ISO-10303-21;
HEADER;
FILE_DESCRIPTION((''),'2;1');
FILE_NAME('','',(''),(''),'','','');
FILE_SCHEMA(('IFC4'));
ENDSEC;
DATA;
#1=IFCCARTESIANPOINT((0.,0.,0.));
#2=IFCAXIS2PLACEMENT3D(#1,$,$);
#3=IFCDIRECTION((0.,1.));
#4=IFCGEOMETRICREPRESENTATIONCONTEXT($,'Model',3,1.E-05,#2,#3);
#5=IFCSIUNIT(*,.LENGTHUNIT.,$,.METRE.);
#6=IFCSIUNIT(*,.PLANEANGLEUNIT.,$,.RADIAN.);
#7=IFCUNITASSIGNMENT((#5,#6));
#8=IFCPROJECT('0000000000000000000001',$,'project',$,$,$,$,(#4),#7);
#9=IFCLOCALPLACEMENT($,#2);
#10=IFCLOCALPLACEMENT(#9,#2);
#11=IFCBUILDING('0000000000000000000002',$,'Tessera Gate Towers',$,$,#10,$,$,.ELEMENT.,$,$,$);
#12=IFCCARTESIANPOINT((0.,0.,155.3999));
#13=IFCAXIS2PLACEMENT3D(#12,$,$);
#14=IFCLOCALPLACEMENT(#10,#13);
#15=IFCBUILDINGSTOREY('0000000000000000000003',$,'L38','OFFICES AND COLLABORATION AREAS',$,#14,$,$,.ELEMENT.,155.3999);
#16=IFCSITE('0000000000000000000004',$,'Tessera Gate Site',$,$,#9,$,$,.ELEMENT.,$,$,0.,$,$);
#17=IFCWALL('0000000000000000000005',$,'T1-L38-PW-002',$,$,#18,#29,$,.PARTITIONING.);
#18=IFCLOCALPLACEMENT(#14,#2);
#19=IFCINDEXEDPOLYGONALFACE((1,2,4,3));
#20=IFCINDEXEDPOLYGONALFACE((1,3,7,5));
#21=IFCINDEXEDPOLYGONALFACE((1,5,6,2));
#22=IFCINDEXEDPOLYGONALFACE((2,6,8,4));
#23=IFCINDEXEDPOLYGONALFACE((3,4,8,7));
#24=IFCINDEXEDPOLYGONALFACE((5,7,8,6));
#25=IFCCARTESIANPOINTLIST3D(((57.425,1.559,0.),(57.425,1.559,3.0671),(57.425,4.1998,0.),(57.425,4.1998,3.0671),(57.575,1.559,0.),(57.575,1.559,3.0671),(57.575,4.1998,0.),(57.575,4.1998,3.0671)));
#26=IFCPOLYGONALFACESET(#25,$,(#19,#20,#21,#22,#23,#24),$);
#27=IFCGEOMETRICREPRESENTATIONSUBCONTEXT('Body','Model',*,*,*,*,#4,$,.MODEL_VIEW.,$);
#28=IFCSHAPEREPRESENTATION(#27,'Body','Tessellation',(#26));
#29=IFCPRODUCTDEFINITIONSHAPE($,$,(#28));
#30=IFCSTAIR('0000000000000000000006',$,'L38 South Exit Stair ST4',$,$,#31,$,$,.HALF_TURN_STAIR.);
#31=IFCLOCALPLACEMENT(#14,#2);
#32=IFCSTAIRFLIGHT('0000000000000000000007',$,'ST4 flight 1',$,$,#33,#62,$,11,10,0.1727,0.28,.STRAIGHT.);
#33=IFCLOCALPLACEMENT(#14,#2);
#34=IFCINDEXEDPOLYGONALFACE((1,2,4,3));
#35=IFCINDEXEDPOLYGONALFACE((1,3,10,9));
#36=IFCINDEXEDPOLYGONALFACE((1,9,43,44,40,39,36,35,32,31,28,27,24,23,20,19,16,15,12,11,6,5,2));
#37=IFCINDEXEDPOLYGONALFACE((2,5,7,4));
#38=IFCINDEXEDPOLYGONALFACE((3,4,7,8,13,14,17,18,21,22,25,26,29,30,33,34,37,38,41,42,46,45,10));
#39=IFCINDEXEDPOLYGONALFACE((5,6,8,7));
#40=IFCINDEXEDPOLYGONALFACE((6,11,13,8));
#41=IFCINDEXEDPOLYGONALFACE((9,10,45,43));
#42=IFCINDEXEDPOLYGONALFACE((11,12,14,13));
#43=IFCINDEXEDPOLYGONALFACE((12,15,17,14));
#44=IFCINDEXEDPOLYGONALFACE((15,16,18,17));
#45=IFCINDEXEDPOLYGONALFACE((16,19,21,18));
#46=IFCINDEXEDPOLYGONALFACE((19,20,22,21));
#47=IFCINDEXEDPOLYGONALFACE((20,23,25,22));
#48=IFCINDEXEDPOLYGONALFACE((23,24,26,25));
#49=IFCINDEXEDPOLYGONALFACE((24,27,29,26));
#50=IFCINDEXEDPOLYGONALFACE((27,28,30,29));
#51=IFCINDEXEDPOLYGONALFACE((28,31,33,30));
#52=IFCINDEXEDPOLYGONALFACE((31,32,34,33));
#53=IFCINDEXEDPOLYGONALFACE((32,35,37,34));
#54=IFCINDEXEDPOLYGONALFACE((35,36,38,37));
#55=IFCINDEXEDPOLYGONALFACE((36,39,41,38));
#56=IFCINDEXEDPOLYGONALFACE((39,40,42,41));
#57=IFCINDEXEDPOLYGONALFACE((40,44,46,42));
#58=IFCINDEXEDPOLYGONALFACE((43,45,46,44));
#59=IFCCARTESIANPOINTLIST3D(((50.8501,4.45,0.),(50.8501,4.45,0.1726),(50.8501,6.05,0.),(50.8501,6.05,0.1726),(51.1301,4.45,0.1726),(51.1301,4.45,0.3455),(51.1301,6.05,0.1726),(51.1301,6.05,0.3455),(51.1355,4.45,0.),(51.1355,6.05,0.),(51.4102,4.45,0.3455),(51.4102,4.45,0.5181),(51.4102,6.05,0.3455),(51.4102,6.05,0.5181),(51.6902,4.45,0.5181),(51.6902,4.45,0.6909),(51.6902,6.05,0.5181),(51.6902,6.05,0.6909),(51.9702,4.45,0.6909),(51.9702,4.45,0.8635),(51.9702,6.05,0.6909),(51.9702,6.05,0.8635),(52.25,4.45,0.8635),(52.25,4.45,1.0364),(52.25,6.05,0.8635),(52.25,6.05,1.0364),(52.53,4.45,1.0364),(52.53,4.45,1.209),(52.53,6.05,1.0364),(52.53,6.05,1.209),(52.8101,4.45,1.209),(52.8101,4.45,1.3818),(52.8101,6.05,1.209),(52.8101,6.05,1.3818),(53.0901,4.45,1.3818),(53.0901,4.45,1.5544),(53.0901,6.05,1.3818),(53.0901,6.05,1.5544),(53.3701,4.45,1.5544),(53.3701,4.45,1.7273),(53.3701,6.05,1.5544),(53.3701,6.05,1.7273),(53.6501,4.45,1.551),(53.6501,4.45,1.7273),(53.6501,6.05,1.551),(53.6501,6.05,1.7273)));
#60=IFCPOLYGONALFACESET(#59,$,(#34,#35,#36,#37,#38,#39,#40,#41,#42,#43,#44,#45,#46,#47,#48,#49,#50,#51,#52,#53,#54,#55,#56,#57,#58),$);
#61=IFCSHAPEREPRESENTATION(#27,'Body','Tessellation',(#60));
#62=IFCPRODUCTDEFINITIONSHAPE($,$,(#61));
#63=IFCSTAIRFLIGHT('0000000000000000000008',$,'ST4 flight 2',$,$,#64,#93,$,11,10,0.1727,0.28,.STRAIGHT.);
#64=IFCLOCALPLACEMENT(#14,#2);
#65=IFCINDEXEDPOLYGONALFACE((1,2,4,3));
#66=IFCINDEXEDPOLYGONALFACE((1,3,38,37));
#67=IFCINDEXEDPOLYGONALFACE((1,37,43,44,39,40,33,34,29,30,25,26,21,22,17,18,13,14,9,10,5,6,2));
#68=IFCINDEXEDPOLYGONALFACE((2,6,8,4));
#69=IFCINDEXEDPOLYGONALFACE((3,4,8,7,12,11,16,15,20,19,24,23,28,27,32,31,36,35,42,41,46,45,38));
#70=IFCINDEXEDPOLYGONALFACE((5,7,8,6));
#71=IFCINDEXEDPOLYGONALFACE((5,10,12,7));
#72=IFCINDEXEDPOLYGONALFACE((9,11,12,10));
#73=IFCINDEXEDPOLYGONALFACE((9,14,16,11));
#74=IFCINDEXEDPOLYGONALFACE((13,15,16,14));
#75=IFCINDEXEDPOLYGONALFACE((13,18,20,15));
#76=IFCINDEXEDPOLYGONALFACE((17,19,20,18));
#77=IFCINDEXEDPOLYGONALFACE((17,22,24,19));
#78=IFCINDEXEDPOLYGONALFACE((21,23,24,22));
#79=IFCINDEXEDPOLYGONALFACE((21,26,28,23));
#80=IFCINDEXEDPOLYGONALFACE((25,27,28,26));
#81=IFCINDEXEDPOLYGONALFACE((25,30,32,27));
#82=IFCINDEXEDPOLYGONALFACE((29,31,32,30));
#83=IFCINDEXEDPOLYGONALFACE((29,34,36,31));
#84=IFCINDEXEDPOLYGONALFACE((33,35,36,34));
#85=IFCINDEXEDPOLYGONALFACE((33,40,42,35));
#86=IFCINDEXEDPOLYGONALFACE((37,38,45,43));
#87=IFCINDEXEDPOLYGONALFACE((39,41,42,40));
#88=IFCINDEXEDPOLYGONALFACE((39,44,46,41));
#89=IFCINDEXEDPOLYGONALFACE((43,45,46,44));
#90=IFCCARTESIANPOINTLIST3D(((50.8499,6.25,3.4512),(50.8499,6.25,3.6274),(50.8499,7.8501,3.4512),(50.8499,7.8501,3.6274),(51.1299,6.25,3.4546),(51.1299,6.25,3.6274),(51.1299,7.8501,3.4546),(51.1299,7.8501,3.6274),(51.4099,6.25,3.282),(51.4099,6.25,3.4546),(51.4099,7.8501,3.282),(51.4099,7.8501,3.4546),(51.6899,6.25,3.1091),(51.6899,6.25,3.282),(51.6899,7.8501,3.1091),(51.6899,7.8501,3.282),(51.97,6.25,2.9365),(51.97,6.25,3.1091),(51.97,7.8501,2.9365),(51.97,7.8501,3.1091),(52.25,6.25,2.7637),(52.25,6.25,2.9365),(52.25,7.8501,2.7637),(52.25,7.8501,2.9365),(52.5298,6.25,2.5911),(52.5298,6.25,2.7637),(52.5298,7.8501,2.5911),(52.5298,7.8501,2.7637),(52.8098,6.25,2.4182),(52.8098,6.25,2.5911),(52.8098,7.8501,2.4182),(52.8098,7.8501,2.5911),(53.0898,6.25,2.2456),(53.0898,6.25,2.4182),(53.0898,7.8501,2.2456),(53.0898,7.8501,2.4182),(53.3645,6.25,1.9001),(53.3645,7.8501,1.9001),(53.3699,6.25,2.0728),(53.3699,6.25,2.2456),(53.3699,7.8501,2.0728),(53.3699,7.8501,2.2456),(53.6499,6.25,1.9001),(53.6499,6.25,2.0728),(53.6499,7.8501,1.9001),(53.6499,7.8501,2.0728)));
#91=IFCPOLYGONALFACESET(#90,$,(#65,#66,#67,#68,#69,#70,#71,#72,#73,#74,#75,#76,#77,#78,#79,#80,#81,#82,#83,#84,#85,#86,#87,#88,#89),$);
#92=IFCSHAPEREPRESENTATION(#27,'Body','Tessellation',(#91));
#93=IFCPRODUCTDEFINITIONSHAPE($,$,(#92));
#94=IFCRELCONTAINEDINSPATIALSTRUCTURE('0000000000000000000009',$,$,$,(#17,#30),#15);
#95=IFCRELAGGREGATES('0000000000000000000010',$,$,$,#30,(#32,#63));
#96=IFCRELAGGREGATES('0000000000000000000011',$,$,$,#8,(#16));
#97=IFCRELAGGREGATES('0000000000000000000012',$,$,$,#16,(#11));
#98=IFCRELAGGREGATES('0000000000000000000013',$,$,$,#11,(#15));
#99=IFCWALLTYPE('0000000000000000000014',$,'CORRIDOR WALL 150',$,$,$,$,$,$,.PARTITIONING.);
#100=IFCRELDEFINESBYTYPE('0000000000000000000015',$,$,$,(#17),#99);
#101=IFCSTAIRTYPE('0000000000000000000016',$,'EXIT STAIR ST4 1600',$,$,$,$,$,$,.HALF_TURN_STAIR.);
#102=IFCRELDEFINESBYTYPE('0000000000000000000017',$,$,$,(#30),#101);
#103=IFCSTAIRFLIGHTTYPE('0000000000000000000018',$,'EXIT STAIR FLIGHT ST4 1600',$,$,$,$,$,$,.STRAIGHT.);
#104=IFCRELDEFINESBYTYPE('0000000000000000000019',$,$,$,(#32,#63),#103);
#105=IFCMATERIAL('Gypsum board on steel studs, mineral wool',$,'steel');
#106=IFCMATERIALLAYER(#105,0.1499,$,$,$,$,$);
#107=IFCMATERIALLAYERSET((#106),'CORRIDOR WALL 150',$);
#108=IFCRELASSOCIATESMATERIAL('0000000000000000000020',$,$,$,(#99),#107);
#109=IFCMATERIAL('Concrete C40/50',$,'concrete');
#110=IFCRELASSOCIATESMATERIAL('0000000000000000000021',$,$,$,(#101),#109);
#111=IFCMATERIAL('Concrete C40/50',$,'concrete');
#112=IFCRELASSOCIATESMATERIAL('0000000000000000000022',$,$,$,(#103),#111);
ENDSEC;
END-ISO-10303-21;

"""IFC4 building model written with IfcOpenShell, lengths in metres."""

from ifc_helpers import new_model, si_unit, direction, frame, frame_2d, origin, place, context, subcontext, project, spatial, polyline, rectangle, outline, extrude, material, layer, layer_set, type_object, element, aggregate, save


model = new_model("IFC4")

# Units and contexts
model_context = context("Model", 3, precision=1e-05, world=origin(), true_north=direction((0.0, 1.0)))
body_context = subcontext(model_context, "Body", "Model", "MODEL_VIEW")
ifc_project = project(units=[si_unit("LENGTHUNIT", "METRE"), si_unit("PLANEANGLEUNIT", "RADIAN")], contexts=[model_context])

# Site, building, storey
site_placement = place(None, origin())
site = spatial("IfcSite", under=ifc_project, at=site_placement, Name="Tessera Gate Site", CompositionType="ELEMENT", RefElevation=0.0)
building_placement = place(site_placement, origin())
building = spatial("IfcBuilding", under=site, at=building_placement, Name="Tessera Gate Towers", CompositionType="ELEMENT")
storey_placement = place(building_placement, frame((0.0, 0.0, 155.3999)))
storey = spatial("IfcBuildingStorey", under=building, at=storey_placement, Name="L38", Description="OFFICES AND COLLABORATION AREAS", CompositionType="ELEMENT", Elevation=155.3999)

# Wall
ifc_material_1 = material(Name="Gypsum board on steel studs, mineral wool", Category="steel")
ifc_layer_1 = layer(ifc_material_1, 0.1499)
ifc_layer_set_1 = layer_set([ifc_layer_1], Name="CORRIDOR WALL 150")
wall_type_1 = type_object("IfcWallType", Name="CORRIDOR WALL 150", PredefinedType="PARTITIONING", material=ifc_layer_set_1)
wall_1_placement = place(storey_placement, frame((57.5, 1.5591, 0.0), z_axis=(0.0, 0.0, 1.0), x_axis=(0.0, 1.0, 0.0)))
element("IfcWall", 1, at=wall_1_placement, inside=storey, type_object=wall_type_1, Name="T1-L38-PW-002", PredefinedType="PARTITIONING", context=body_context, shape_type="SweptSolid", body=[
    extrude(rectangle(XDim=2.6409, YDim=0.1499, at=frame_2d((1.3203, 0.0))), origin(), (0.0, 0.0, 1.0), 3.0671),
])

# Stair, stair flights
ifc_material_2 = material(Name="Concrete C40/50", Category="concrete")
stair_type = type_object("IfcStairType", Name="EXIT STAIR ST4 1600", PredefinedType="HALF_TURN_STAIR", material=ifc_material_2)
stair_placement = place(storey_placement, origin())
stair = element("IfcStair", 2, at=stair_placement, inside=storey, type_object=stair_type, Name="L38 South Exit Stair ST4", PredefinedType="HALF_TURN_STAIR")
ifc_material_3 = material(Name="Concrete C40/50", Category="concrete")
stair_flight_type = type_object("IfcStairFlightType", Name="EXIT STAIR FLIGHT ST4 1600", PredefinedType="STRAIGHT", material=ifc_material_3)
stair_flight_1_placement = place(storey_placement, frame((50.8501, 5.25, 0.0), z_axis=(0.0, 0.0, 1.0), x_axis=(1.0, 0.0, 0.0)))
stair_flight_1 = element("IfcStairFlight", 3, at=stair_flight_1_placement, type_object=stair_flight_type, Name="ST4 flight 1", NumberOfRisers=11, NumberOfTreads=10, PredefinedType="STRAIGHT", RiserHeight=0.1727, TreadLength=0.28, context=body_context, shape_type="SweptSolid", body=[
    extrude(outline(polyline([(0.0, 0.0), (0.0, 0.1726), (0.28, 0.1726), (0.28, 0.3455), (0.5601, 0.3455), (0.5601, 0.5181), (0.8401, 0.5181), (0.8401, 0.6909), (1.1201, 0.6909), (1.1201, 0.8635), (1.3999, 0.8635), (1.3999, 1.0364), (1.6799, 1.0364), (1.6799, 1.209), (1.96, 1.209), (1.96, 1.3818), (2.24, 1.3818), (2.24, 1.5544), (2.52, 1.5544), (2.52, 1.7273), (2.8, 1.7273), (2.8, 1.8999), (2.8, 1.551), (0.2854, 0.0), (0.0, 0.0)])), frame((0.0, 0.8, 0.0), z_axis=(0.0, -1.0, 0.0), x_axis=(1.0, 0.0, 0.0)), (0.0, 0.0, 1.0), 1.6001),
])
stair_flight_2_placement = place(storey_placement, frame((53.6499, 7.05, 1.9001), z_axis=(0.0, 0.0, 1.0), x_axis=(-1.0, 0.0, 0.0)))
stair_flight_2 = element("IfcStairFlight", 4, at=stair_flight_2_placement, type_object=stair_flight_type, Name="ST4 flight 2", NumberOfRisers=11, NumberOfTreads=10, PredefinedType="STRAIGHT", RiserHeight=0.1727, TreadLength=0.28, context=body_context, shape_type="SweptSolid", body=[
    extrude(outline(polyline([(0.0, 0.0), (0.0, 0.1726), (0.28, 0.1726), (0.28, 0.3455), (0.5601, 0.3455), (0.5601, 0.5181), (0.8401, 0.5181), (0.8401, 0.6909), (1.1201, 0.6909), (1.1201, 0.8635), (1.3999, 0.8635), (1.3999, 1.0364), (1.6799, 1.0364), (1.6799, 1.209), (1.96, 1.209), (1.96, 1.3818), (2.24, 1.3818), (2.24, 1.5544), (2.52, 1.5544), (2.52, 1.7273), (2.8, 1.7273), (2.8, 1.8999), (2.8, 1.551), (0.2854, 0.0), (0.0, 0.0)])), frame((0.0, 0.8, 0.0), z_axis=(0.0, -1.0, 0.0), x_axis=(1.0, 0.0, 0.0)), (0.0, 0.0, 1.0), 1.6001),
])
aggregate(stair, [stair_flight_1, stair_flight_2])

save(model, "model.ifc")
